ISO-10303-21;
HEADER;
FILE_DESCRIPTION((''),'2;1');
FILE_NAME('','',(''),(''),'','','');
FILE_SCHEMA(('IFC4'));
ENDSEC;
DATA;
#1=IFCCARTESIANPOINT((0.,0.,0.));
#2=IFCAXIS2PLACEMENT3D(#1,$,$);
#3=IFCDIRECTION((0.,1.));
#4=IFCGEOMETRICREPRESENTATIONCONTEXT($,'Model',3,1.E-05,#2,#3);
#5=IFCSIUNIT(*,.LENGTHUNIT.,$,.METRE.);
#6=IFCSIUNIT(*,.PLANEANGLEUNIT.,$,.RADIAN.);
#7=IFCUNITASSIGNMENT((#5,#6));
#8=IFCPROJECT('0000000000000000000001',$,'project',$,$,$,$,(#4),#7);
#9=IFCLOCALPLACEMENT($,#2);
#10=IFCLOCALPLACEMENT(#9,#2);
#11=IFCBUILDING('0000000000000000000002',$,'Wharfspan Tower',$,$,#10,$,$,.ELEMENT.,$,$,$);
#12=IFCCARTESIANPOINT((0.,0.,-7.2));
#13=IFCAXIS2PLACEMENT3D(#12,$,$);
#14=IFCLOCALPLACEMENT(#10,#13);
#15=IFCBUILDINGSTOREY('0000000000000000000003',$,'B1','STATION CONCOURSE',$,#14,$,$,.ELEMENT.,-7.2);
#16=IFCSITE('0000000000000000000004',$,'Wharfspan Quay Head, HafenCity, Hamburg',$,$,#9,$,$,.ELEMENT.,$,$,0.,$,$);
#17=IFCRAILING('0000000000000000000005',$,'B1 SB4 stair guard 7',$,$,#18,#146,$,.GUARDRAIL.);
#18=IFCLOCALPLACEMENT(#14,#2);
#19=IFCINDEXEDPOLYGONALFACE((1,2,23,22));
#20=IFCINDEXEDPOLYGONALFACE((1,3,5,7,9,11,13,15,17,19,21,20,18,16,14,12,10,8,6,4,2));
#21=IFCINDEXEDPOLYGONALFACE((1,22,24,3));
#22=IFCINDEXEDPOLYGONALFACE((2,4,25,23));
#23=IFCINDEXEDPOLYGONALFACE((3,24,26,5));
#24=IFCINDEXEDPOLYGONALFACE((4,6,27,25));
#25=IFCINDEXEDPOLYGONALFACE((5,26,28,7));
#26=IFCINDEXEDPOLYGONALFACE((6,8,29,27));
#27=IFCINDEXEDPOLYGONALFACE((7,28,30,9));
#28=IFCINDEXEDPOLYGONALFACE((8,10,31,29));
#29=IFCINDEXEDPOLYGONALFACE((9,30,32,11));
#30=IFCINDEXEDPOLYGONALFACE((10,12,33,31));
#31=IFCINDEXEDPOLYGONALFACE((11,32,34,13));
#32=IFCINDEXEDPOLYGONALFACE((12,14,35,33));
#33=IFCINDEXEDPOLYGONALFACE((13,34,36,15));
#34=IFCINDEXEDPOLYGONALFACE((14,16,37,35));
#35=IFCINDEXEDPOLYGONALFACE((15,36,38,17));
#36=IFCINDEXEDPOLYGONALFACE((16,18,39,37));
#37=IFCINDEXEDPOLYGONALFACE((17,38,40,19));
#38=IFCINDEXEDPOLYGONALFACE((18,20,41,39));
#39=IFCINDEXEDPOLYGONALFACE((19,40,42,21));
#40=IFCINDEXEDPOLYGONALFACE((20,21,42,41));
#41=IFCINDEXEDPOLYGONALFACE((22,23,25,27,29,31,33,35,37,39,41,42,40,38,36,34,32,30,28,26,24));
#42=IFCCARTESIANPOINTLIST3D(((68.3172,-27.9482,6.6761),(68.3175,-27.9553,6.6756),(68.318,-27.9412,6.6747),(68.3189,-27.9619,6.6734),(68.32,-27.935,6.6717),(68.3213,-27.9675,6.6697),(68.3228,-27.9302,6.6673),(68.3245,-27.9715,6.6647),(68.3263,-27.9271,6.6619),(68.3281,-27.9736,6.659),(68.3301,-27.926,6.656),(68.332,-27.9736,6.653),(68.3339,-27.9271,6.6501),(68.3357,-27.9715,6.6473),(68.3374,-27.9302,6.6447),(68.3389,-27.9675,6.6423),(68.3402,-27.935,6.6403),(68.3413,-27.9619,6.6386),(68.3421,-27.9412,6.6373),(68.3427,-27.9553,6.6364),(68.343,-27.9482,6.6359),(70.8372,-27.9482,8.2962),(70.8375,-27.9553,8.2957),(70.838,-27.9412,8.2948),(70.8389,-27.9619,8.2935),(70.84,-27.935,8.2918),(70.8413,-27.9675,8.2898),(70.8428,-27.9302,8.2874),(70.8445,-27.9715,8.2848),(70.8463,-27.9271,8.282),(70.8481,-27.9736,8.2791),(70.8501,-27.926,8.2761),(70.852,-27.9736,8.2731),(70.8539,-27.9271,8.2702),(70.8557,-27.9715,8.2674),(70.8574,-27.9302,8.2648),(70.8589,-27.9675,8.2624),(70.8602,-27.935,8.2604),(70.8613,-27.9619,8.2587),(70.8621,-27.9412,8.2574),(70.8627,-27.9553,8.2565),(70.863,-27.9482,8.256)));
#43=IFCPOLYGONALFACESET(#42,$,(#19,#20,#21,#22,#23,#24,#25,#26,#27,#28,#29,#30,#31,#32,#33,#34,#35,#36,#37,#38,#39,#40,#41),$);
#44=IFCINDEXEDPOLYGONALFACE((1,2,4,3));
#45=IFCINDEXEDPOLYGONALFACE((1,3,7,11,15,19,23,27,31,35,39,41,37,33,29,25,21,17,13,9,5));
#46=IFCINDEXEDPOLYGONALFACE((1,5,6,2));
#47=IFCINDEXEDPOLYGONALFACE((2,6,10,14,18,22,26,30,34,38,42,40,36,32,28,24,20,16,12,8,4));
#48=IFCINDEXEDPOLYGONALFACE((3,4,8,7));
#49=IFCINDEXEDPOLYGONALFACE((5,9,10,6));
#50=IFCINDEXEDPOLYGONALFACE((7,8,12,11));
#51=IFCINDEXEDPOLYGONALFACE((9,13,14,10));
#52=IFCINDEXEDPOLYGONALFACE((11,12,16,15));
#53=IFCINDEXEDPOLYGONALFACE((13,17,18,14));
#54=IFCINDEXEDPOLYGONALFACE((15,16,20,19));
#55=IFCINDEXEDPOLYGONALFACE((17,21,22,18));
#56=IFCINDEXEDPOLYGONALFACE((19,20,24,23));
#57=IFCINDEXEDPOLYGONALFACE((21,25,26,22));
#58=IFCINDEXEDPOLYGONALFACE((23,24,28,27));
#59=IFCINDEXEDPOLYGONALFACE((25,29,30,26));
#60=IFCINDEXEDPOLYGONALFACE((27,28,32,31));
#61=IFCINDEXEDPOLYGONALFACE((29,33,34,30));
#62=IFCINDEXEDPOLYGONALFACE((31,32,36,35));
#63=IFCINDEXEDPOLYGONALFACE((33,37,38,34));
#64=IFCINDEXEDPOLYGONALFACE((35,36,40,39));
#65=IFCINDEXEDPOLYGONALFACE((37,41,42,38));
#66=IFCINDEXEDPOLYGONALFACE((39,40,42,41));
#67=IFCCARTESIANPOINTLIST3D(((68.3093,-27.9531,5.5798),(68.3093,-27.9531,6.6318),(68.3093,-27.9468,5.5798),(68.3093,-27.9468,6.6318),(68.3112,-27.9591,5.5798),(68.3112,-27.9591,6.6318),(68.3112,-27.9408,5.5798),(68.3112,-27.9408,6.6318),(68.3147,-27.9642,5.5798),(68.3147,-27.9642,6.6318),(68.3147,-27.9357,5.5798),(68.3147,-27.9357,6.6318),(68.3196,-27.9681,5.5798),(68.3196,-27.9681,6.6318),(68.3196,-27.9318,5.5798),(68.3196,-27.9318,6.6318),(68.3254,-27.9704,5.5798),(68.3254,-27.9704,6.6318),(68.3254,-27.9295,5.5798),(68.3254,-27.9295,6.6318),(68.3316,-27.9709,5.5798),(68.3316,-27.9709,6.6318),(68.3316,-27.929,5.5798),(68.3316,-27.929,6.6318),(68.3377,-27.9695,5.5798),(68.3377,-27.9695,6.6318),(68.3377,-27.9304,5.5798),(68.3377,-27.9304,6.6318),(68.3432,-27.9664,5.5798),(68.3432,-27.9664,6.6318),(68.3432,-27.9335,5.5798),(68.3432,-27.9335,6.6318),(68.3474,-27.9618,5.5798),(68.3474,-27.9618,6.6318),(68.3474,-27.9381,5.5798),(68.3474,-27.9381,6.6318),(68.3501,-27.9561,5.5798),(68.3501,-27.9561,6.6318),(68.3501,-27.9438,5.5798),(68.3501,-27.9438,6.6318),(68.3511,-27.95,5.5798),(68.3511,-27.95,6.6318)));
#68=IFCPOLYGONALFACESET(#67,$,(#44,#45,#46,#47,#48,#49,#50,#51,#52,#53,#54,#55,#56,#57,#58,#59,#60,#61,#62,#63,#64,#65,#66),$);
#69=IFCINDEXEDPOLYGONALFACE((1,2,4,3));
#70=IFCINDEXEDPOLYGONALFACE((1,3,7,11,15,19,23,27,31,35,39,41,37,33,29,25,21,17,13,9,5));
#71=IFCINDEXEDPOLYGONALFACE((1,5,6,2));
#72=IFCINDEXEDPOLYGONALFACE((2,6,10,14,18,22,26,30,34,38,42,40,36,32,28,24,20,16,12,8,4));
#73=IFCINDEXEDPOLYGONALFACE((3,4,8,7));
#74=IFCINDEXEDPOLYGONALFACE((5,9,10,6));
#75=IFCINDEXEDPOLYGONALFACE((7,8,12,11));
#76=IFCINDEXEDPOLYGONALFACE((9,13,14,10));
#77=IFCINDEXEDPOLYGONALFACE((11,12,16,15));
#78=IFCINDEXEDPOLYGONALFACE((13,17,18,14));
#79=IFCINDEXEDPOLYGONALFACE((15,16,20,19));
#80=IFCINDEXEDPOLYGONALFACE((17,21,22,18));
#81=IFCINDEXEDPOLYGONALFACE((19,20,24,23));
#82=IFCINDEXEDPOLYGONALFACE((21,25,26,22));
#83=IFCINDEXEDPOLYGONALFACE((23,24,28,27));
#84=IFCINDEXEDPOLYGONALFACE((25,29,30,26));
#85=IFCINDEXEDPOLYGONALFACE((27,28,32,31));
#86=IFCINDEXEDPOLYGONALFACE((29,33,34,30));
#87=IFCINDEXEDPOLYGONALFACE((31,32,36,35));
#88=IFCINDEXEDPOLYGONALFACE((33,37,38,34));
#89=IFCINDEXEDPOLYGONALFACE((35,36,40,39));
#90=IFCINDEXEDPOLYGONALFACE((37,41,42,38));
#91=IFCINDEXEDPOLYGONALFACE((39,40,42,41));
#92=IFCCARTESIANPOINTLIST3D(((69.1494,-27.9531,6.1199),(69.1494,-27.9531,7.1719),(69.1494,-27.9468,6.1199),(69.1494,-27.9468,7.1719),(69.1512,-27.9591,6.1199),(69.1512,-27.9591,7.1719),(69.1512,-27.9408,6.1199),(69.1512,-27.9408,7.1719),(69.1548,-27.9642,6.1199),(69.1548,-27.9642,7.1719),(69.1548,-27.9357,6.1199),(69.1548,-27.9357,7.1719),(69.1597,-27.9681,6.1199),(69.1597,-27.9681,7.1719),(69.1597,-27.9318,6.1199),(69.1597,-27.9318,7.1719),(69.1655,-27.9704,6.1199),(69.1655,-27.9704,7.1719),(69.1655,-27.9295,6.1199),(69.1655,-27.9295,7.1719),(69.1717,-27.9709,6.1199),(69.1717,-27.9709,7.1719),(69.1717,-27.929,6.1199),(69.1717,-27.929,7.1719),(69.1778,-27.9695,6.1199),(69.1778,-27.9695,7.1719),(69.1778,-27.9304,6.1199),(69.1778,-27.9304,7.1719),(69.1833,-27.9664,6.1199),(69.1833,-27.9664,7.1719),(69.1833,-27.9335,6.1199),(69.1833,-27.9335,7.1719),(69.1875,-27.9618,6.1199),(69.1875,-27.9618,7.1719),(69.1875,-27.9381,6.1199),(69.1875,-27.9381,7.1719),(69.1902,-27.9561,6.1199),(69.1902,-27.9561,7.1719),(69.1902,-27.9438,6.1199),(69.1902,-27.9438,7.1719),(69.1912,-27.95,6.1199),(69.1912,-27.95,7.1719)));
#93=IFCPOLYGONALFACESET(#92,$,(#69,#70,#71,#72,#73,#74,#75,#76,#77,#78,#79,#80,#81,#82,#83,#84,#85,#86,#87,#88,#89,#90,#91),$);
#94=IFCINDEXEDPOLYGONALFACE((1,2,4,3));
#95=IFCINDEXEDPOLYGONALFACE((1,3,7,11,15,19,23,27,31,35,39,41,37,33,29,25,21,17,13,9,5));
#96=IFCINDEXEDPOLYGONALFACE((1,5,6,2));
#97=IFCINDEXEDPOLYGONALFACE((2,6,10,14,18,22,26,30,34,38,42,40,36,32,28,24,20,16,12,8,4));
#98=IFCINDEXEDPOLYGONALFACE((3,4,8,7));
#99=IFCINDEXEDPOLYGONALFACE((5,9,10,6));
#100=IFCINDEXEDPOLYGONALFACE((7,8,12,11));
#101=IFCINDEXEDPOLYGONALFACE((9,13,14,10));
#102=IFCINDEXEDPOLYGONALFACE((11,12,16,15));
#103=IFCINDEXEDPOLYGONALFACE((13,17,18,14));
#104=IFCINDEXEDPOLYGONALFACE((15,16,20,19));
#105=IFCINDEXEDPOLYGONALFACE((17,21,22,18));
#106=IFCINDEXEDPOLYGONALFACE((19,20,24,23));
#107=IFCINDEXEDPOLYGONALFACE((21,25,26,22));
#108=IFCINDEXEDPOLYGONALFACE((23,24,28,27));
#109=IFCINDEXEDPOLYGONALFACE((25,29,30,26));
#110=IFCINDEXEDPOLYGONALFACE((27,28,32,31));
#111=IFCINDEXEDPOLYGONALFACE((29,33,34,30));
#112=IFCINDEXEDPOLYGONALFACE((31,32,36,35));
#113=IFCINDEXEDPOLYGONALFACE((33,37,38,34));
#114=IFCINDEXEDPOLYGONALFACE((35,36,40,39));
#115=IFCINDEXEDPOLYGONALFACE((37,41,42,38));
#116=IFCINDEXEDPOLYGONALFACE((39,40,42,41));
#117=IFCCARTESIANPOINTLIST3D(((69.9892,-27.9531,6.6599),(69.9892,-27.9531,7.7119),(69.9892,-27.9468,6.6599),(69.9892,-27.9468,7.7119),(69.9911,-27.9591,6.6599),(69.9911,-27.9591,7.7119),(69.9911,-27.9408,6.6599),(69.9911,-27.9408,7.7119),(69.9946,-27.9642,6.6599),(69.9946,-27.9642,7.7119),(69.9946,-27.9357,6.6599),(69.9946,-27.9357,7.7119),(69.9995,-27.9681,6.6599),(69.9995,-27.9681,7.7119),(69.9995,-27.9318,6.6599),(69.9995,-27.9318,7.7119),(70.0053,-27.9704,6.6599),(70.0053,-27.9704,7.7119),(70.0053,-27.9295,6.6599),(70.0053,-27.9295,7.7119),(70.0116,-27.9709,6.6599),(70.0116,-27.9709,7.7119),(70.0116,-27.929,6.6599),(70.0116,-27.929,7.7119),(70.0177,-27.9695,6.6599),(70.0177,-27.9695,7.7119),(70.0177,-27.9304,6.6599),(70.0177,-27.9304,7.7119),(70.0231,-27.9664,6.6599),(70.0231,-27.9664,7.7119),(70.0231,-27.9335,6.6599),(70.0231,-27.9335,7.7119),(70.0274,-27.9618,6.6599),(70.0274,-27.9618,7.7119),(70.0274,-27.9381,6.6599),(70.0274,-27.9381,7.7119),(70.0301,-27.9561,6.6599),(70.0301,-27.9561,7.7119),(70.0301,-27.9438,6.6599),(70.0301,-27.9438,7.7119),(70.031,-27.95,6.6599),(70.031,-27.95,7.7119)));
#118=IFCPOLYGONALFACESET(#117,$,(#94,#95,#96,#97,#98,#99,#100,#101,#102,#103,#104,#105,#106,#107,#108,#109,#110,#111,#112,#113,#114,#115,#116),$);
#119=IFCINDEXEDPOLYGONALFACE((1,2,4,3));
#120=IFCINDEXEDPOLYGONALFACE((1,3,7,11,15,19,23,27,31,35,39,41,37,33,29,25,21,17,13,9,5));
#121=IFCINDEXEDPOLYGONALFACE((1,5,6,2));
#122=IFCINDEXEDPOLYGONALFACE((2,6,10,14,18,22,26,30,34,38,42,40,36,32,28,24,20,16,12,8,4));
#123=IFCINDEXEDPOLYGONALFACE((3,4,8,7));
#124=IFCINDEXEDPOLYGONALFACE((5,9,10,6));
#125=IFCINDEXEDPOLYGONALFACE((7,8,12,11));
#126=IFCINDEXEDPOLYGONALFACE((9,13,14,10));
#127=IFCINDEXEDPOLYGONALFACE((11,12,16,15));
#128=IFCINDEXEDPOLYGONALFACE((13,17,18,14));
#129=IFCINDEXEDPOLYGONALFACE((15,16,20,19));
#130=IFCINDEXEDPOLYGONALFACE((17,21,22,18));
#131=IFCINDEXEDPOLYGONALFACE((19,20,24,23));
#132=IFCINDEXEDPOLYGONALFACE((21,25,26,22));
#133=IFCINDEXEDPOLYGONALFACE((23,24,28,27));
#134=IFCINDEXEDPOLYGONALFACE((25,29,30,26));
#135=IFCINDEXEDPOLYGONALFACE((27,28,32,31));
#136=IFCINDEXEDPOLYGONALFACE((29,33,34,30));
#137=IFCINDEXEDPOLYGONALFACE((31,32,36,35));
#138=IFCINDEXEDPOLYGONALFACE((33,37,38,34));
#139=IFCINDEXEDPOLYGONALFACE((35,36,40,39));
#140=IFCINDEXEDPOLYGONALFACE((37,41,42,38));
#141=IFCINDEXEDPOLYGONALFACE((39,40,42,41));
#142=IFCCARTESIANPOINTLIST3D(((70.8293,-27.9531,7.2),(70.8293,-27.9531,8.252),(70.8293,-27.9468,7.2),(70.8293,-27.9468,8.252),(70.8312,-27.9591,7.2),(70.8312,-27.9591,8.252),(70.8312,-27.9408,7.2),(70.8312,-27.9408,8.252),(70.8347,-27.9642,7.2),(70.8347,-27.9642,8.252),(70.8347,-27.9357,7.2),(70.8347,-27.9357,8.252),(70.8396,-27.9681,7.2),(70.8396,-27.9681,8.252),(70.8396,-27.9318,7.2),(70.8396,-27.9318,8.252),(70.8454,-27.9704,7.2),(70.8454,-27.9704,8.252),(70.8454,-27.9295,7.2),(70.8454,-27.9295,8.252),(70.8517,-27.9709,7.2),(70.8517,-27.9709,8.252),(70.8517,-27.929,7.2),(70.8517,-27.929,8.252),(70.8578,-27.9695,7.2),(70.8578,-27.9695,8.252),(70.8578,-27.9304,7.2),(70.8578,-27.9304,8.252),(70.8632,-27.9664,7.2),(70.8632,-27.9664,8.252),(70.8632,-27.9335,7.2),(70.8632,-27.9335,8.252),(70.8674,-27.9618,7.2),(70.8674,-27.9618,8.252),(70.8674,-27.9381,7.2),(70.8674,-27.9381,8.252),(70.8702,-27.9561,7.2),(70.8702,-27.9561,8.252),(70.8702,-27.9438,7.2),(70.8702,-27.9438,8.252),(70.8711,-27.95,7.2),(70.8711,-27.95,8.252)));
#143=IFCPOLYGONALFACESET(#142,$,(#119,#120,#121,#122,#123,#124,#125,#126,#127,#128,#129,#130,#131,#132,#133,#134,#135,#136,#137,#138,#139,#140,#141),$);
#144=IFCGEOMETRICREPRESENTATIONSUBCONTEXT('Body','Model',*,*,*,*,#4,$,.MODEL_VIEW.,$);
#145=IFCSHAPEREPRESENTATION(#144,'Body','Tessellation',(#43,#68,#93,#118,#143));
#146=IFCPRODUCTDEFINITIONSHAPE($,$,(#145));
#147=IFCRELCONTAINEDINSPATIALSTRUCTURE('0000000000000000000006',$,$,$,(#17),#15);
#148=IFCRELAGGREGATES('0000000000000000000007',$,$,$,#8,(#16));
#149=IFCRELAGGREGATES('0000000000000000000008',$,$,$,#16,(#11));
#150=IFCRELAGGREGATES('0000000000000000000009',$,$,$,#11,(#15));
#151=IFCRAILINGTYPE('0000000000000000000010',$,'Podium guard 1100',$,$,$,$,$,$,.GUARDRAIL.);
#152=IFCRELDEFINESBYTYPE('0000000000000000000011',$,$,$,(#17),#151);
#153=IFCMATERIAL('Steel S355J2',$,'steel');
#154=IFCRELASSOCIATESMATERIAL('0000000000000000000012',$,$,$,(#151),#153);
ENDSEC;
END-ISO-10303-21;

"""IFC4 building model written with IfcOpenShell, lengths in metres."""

from ifc_helpers import new_model, si_unit, direction, frame, origin, origin_2d, place, context, subcontext, project, spatial, circle, extrude, material, type_object, element, save


model = new_model("IFC4")

# Units and contexts
model_context = context("Model", 3, precision=1e-05, world=origin(), true_north=direction((0.0, 1.0)))
body_context = subcontext(model_context, "Body", "Model", "MODEL_VIEW")
ifc_project = project(units=[si_unit("LENGTHUNIT", "METRE"), si_unit("PLANEANGLEUNIT", "RADIAN")], contexts=[model_context])

# Site, building, storey
site_placement = place(None, origin())
site = spatial("IfcSite", under=ifc_project, at=site_placement, Name="Wharfspan Quay Head, HafenCity, Hamburg", CompositionType="ELEMENT", RefElevation=0.0)
building_placement = place(site_placement, origin())
building = spatial("IfcBuilding", under=site, at=building_placement, Name="Wharfspan Tower", CompositionType="ELEMENT")
storey_placement = place(building_placement, frame((0.0, 0.0, -7.2)))
storey = spatial("IfcBuildingStorey", under=building, at=storey_placement, Name="B1", Description="STATION CONCOURSE", CompositionType="ELEMENT", Elevation=-7.2)

# Railing
ifc_material_1 = material(Name="Steel S355J2", Category="steel")
railing_type_1 = type_object("IfcRailingType", Name="Podium guard 1100", PredefinedType="GUARDRAIL", material=ifc_material_1)
railing_1_placement = place(storey_placement, frame((68.3301, -27.95, 5.5798)))
element("IfcRailing", 1, at=railing_1_placement, inside=storey, type_object=railing_type_1, Name="B1 SB4 stair guard 7", PredefinedType="GUARDRAIL", context=body_context, shape_type="SweptSolid", body=[
    extrude(circle(Radius=0.0239, at=origin_2d()), frame((0.0, 0.0, 1.0762), z_axis=(0.841163, 0.0, 0.540782), x_axis=(0.0, 1.0, 0.0)), (0.0, 0.0, 1.0), 2.9958),
    extrude(circle(Radius=0.021, at=origin_2d()), origin(), (0.0, 0.0, 1.0), 1.052),
    extrude(circle(Radius=0.021, at=origin_2d()), frame((0.8401, 0.0, 0.54)), (0.0, 0.0, 1.0), 1.052),
    extrude(circle(Radius=0.021, at=origin_2d()), frame((1.6799, 0.0, 1.0801)), (0.0, 0.0, 1.0), 1.052),
    extrude(circle(Radius=0.021, at=origin_2d()), frame((2.52, 0.0, 1.6201)), (0.0, 0.0, 1.0), 1.052),
])

save(model, "model.ifc")
